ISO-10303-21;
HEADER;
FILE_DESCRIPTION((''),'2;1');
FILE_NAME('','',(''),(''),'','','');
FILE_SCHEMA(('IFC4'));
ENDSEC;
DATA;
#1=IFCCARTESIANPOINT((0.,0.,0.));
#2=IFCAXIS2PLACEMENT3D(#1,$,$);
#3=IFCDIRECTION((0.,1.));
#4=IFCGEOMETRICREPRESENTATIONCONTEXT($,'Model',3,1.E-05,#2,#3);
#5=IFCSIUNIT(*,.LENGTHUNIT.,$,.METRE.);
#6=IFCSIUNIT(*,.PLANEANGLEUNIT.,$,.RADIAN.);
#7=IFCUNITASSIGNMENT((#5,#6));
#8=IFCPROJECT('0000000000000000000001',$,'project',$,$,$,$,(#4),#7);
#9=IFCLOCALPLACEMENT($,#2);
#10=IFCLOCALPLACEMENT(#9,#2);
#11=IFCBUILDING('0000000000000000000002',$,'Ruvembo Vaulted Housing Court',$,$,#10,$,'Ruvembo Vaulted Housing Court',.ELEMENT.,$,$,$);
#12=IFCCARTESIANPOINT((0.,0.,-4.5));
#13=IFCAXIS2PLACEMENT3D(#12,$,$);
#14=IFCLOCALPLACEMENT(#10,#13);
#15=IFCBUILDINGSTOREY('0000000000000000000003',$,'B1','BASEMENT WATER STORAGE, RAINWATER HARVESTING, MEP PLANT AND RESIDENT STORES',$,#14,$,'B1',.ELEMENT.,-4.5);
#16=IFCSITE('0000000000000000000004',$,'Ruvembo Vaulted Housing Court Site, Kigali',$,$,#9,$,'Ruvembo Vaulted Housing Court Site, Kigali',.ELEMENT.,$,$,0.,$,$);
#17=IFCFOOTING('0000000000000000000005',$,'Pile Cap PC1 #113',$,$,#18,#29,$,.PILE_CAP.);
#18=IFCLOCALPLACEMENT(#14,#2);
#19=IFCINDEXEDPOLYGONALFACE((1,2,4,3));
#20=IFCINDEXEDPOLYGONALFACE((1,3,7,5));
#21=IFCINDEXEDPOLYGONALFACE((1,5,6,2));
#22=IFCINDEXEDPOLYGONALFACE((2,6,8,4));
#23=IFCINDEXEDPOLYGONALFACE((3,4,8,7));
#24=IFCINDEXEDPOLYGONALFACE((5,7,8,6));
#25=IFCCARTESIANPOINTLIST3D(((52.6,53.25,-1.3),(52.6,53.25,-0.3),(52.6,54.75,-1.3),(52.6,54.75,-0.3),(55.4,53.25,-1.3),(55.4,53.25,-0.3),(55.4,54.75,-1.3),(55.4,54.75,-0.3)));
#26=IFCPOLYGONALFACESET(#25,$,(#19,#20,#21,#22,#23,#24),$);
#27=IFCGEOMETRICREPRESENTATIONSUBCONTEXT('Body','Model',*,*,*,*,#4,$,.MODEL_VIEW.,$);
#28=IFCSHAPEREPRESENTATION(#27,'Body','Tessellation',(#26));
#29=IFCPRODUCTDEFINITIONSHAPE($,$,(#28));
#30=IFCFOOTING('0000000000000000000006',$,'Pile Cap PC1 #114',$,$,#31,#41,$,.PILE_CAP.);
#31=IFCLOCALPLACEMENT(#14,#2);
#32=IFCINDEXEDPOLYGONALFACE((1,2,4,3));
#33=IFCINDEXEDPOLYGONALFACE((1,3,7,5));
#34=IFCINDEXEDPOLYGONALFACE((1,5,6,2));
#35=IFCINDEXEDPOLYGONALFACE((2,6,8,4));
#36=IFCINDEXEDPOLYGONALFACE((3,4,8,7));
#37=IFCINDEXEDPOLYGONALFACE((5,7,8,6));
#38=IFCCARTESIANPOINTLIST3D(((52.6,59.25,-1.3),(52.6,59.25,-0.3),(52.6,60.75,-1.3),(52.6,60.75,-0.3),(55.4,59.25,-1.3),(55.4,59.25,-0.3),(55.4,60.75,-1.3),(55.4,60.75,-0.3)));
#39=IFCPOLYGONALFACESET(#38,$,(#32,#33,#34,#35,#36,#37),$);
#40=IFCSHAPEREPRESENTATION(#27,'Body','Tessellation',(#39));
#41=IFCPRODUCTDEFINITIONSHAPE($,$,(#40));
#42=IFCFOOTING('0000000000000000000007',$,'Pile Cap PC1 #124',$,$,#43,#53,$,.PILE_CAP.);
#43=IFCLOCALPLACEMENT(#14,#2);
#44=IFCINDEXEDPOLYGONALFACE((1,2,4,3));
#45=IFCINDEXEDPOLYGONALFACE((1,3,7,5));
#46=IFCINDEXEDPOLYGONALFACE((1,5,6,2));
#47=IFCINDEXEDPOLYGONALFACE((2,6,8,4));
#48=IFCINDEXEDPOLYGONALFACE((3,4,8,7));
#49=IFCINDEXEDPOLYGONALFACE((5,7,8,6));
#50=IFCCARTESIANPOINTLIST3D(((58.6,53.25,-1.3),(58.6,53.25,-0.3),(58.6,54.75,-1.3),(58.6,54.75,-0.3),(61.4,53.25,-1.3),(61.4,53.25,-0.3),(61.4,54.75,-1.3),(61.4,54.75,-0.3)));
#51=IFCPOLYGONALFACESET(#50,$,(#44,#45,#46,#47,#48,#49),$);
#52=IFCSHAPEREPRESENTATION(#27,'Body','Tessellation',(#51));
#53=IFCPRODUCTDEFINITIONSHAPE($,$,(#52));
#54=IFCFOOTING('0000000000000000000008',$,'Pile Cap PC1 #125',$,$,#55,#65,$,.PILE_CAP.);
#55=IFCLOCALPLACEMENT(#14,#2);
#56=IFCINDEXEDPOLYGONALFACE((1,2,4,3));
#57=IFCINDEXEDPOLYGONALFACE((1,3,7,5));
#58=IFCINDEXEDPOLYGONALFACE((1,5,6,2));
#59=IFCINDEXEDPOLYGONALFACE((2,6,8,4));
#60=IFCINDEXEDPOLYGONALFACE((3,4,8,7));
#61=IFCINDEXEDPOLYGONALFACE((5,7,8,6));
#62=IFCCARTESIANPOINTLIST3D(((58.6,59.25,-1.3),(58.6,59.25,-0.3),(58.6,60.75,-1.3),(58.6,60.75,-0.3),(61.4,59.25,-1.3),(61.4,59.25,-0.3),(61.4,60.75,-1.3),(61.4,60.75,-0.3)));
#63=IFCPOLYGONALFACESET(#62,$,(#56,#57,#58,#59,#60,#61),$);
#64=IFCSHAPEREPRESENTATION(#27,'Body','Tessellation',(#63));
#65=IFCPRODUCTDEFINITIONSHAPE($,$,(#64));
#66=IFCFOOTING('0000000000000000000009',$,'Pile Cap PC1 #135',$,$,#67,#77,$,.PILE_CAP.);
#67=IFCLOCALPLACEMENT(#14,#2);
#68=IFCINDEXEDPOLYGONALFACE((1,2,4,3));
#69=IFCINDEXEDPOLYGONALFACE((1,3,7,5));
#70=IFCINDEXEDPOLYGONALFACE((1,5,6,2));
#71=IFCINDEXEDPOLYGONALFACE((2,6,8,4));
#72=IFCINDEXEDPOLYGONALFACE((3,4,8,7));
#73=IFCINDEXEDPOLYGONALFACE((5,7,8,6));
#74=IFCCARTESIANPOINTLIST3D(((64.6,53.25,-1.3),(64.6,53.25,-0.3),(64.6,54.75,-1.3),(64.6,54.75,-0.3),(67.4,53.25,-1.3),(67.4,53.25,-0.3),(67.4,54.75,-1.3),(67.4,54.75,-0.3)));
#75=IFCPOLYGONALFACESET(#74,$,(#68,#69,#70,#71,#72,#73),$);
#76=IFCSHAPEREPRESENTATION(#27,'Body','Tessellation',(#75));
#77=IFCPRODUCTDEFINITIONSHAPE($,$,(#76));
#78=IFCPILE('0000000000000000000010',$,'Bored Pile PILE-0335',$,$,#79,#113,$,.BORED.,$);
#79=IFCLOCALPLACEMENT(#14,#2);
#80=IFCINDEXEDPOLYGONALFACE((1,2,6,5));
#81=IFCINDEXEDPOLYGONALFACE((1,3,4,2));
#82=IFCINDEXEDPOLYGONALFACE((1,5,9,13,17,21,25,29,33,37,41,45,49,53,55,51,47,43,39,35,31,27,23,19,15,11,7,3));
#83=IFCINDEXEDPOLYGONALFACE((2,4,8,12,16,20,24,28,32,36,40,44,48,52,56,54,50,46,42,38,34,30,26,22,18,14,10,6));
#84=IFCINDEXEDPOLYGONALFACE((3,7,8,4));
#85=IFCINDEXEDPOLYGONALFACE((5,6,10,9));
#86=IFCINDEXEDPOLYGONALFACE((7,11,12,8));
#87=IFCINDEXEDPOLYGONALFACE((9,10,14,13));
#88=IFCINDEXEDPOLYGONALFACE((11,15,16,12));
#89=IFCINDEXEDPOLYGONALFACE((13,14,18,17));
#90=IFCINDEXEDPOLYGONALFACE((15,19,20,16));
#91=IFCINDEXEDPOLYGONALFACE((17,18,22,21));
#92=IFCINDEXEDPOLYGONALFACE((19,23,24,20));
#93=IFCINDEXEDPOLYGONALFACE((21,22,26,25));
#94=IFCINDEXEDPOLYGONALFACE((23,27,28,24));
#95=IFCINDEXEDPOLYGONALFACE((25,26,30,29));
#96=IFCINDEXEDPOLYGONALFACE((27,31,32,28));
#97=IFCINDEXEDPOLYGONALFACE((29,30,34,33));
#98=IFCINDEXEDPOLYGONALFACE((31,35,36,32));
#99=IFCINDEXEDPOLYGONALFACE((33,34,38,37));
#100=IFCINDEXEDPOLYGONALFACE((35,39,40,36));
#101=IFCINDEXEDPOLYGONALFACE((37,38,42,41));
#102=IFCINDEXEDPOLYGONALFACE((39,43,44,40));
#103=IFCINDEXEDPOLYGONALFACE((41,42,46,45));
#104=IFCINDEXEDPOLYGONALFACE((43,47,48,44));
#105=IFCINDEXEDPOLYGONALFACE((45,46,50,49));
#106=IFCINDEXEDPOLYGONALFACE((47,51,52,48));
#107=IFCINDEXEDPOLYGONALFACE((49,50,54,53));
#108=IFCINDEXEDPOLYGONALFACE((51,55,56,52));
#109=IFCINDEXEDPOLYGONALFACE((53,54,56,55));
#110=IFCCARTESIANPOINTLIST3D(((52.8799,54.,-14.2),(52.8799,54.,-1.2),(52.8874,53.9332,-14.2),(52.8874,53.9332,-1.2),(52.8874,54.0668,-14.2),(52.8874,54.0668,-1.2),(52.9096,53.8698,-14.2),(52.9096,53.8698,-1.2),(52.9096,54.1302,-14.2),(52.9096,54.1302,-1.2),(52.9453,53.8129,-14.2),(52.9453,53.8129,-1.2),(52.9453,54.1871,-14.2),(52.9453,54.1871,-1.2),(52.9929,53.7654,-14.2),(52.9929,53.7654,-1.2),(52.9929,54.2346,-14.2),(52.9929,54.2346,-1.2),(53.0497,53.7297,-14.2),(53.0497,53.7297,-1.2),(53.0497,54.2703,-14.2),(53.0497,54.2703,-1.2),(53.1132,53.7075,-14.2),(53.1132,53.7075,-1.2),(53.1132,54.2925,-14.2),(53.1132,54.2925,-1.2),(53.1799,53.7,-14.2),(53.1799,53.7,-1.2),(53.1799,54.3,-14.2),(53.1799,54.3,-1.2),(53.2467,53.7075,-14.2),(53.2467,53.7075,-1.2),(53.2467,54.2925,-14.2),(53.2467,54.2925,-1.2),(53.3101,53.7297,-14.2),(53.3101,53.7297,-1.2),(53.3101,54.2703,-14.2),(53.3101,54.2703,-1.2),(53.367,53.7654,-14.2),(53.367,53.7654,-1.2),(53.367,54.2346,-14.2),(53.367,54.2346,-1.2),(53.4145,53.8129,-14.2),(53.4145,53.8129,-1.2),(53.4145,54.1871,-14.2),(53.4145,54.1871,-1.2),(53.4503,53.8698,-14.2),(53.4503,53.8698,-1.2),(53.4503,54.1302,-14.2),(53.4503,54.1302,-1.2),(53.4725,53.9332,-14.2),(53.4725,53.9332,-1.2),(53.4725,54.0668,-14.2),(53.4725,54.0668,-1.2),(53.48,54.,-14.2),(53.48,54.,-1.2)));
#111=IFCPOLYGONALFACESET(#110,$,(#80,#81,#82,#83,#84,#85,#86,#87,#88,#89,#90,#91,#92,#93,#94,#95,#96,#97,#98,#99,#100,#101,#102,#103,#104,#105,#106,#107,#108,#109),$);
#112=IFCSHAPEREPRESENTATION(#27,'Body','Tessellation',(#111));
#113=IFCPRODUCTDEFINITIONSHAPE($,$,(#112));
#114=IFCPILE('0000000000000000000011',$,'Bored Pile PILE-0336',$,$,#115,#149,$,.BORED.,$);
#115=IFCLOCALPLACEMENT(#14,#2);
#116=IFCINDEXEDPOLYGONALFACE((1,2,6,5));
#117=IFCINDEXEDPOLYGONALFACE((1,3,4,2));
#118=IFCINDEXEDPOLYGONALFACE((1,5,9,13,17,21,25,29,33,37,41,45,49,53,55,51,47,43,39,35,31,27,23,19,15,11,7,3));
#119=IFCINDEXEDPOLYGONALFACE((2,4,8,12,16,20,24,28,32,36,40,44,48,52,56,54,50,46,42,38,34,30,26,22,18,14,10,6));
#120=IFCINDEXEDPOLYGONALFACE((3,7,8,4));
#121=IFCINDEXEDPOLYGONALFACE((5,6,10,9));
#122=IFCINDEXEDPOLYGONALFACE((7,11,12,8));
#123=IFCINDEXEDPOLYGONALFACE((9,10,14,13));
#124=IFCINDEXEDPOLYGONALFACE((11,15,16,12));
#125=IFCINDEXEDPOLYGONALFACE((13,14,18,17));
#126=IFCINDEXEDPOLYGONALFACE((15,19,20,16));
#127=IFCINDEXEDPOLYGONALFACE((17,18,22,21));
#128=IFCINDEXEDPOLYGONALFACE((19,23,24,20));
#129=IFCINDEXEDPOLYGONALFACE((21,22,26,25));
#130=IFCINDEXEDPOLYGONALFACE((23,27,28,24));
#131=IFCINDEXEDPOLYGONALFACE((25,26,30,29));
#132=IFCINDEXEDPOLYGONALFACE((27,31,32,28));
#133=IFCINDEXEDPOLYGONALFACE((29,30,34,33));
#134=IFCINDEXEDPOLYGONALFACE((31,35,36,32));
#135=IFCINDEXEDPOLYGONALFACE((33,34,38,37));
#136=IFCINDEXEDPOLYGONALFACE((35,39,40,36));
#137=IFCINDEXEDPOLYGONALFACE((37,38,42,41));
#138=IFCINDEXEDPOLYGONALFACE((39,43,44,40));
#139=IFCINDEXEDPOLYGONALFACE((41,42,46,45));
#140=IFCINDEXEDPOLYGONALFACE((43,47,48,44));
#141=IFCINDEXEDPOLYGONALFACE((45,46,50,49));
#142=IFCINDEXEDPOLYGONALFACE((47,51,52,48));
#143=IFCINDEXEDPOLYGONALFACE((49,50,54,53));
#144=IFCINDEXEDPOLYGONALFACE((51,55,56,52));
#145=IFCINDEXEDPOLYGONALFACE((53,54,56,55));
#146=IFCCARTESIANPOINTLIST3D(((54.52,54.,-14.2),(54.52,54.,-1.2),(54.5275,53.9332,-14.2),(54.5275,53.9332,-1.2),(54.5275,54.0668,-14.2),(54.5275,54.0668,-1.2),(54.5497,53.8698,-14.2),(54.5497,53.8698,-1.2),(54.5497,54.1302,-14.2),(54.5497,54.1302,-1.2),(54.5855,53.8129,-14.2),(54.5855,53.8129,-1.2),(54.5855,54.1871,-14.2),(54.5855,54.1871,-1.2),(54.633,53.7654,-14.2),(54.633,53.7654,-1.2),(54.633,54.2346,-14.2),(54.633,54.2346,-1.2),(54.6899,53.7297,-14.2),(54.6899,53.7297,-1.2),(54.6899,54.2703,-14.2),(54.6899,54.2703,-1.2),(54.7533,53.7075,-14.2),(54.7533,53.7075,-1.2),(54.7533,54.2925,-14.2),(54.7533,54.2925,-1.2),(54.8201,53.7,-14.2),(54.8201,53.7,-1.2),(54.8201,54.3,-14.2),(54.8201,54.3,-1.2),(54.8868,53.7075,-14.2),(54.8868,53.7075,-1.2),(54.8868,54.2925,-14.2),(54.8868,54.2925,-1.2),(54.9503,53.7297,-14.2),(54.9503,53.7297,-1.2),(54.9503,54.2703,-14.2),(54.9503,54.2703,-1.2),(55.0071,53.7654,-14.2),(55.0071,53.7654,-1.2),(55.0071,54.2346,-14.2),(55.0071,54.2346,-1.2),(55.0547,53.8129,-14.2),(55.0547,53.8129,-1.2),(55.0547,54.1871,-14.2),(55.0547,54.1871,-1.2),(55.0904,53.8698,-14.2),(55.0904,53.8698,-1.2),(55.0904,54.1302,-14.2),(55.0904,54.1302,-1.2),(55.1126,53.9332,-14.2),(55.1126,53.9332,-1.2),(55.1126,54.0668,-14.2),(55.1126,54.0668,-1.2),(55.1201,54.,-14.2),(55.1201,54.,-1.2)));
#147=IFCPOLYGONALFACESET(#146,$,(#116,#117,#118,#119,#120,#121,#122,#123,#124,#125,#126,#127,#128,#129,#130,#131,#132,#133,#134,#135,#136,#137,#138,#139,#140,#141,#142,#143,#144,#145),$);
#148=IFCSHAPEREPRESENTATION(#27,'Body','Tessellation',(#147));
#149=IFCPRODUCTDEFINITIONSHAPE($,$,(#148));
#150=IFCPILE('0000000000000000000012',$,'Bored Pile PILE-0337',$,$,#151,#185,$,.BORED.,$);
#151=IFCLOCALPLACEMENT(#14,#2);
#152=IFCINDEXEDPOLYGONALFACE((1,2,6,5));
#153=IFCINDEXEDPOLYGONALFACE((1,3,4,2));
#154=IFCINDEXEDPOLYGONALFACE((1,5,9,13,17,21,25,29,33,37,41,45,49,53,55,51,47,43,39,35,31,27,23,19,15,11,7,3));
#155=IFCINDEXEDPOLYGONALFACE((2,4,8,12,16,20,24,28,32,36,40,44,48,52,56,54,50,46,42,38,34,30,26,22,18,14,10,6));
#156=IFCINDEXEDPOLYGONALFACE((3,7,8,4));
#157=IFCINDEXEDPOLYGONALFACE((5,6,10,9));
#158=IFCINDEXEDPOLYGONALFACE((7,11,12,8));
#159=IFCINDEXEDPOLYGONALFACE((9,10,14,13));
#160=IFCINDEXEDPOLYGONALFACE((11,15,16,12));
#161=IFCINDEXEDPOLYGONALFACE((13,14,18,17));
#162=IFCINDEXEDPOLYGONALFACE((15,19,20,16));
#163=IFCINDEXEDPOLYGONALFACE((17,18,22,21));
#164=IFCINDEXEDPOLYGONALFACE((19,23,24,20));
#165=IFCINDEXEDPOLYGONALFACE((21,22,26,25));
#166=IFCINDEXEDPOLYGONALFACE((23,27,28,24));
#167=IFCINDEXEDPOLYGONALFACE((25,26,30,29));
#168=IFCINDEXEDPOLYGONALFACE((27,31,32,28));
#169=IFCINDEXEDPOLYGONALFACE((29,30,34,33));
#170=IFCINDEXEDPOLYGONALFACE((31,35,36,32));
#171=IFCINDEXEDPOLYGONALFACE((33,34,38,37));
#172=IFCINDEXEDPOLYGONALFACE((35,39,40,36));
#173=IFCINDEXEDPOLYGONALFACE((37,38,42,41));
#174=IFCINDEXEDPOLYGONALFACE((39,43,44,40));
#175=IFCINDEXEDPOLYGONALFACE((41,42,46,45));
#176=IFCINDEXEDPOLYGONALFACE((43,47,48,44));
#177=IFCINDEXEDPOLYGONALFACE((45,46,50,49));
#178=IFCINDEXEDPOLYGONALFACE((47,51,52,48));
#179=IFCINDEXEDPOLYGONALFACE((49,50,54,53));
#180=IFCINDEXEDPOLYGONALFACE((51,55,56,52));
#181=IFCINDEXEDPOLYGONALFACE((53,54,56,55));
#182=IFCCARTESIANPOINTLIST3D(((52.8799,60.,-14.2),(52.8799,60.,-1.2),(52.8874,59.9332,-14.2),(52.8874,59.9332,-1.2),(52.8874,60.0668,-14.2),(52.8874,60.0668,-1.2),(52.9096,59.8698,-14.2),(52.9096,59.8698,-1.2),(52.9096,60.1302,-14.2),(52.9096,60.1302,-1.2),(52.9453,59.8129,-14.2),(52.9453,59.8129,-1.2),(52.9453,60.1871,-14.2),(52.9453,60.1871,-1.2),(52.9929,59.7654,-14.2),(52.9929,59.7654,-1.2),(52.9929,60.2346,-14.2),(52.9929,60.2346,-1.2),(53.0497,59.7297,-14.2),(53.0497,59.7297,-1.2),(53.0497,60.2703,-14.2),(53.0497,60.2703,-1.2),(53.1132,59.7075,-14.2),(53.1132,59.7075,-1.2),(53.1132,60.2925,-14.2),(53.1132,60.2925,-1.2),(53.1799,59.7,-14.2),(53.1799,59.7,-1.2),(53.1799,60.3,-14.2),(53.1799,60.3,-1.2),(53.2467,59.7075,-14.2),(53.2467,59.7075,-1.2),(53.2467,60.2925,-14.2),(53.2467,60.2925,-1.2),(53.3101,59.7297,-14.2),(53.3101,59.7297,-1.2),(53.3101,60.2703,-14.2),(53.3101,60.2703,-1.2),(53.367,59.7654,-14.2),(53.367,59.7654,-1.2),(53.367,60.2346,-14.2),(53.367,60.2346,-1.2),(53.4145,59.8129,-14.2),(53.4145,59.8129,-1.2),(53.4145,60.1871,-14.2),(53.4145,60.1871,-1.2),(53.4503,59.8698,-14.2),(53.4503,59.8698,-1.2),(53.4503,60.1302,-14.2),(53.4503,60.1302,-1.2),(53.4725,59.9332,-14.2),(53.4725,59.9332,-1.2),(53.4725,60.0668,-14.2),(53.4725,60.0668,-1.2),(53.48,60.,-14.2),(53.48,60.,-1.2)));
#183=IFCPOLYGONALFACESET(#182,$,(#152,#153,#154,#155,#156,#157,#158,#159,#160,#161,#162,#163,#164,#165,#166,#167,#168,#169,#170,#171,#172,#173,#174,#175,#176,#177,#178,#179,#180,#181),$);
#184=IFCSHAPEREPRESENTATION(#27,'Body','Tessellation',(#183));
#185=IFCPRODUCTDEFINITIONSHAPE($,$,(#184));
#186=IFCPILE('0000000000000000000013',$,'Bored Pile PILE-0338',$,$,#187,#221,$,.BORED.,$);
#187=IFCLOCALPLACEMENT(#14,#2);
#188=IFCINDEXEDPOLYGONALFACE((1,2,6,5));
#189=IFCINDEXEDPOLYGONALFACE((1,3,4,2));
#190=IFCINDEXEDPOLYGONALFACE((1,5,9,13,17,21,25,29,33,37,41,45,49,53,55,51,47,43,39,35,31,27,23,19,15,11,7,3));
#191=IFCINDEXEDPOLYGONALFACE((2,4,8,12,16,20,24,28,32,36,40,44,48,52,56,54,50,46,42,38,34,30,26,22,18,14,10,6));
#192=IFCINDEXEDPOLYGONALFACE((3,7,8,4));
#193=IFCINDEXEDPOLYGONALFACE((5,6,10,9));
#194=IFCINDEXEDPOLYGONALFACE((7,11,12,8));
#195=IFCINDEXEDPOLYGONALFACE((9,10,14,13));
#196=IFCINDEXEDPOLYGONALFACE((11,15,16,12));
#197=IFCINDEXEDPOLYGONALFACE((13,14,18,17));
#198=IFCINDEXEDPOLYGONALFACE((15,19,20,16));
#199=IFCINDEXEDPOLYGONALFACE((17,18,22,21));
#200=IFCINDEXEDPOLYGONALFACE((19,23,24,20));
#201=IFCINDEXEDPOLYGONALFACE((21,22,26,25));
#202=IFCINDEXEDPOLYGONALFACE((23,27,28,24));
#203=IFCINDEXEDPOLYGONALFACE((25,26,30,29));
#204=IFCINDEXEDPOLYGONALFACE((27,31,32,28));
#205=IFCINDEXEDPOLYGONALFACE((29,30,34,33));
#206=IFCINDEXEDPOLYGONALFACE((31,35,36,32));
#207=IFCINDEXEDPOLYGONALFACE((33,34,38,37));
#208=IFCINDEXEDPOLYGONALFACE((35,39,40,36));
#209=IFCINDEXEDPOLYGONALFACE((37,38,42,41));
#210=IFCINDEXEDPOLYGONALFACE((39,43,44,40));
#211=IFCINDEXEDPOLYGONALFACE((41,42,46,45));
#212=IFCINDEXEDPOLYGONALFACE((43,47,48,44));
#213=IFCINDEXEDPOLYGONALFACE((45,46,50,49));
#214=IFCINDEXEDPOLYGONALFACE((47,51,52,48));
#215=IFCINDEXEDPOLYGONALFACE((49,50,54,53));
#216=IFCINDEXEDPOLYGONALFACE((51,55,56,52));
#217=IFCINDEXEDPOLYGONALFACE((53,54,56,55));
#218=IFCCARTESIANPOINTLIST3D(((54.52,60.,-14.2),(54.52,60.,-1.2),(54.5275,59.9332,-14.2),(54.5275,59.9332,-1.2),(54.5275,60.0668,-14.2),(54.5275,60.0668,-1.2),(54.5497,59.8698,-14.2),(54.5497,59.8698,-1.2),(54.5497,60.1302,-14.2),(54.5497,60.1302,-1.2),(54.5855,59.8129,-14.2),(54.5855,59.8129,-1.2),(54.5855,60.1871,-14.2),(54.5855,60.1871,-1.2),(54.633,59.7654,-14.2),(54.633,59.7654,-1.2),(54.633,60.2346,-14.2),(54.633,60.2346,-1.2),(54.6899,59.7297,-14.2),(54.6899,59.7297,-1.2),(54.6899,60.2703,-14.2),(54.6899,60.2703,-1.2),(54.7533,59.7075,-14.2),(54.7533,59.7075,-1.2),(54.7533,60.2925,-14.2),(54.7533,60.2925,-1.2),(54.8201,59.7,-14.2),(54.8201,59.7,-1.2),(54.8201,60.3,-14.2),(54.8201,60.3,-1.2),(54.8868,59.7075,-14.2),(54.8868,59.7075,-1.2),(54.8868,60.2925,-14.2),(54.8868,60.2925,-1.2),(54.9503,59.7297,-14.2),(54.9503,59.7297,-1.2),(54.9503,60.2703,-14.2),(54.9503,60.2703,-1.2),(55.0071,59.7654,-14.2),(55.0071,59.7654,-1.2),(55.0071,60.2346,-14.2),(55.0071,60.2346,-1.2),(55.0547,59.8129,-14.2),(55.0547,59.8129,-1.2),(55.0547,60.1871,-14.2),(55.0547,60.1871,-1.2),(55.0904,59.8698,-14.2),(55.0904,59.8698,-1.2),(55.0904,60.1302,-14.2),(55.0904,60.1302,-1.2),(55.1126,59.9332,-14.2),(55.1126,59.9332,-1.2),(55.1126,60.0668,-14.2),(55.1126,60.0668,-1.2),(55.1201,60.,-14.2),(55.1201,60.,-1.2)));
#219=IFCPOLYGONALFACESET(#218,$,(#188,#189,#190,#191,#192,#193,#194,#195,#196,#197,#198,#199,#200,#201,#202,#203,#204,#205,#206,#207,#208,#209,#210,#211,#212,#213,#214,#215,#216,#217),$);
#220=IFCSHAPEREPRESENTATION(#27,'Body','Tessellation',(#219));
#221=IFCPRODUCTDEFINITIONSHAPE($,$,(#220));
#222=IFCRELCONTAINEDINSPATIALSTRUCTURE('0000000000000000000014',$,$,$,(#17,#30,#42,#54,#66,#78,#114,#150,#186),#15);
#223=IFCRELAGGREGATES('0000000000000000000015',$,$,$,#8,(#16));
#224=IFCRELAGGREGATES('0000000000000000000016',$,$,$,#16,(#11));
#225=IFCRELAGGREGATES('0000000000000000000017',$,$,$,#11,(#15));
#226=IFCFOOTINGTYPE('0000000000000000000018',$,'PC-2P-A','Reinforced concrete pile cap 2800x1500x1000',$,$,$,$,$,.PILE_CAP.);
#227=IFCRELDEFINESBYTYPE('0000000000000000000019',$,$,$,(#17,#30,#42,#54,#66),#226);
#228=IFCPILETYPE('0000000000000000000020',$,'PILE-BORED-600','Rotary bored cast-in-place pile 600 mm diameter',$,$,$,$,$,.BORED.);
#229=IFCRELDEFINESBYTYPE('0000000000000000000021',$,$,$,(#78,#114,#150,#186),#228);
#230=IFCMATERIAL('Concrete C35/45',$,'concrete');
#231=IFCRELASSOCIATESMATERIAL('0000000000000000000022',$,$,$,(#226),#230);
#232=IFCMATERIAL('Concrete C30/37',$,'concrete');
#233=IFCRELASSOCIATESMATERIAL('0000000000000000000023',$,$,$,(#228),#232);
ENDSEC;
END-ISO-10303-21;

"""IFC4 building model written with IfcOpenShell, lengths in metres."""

from ifc_helpers import new_model, si_unit, direction, frame, origin, origin_2d, place, context, subcontext, project, spatial, rectangle, circle, extrude, material, material_profile, profile_set, type_object, element, save


model = new_model("IFC4")

# Units and contexts
model_context = context("Model", 3, precision=1e-05, world=origin(), true_north=direction((0.0, 1.0)))
body_context = subcontext(model_context, "Body", "Model", "MODEL_VIEW")
ifc_project = project(units=[si_unit("LENGTHUNIT", "METRE"), si_unit("PLANEANGLEUNIT", "RADIAN")], contexts=[model_context])

# Site, building, storey
site_placement = place(None, origin())
site = spatial("IfcSite", under=ifc_project, at=site_placement, Name="Ruvembo Vaulted Housing Court Site, Kigali", LongName="Ruvembo Vaulted Housing Court Site, Kigali", CompositionType="ELEMENT", RefElevation=0.0)
building_placement = place(site_placement, origin())
building = spatial("IfcBuilding", under=site, at=building_placement, Name="Ruvembo Vaulted Housing Court", LongName="Ruvembo Vaulted Housing Court", CompositionType="ELEMENT")
storey_placement = place(building_placement, frame((0.0, 0.0, -4.5)))
storey = spatial("IfcBuildingStorey", under=building, at=storey_placement, Name="B1", Description="BASEMENT WATER STORAGE, RAINWATER HARVESTING, MEP PLANT AND RESIDENT STORES", LongName="B1", CompositionType="ELEMENT", Elevation=-4.5)

# Footings
ifc_material_1 = material(Name="Concrete C35/45", Category="concrete")
footing_type = type_object("IfcFootingType", Name="PC-2P-A", Description="Reinforced concrete pile cap 2800x1500x1000", PredefinedType="PILE_CAP", material=ifc_material_1)
for number, where, z_axis, x_axis, name in (
    (1, (54.0, 54.0, -1.3), (0.0, 0.0, 1.0), (1.0, 0.0, 0.0), "Pile Cap PC1 #113"),
    (2, (54.0, 60.0, -1.3), (0.0, 0.0, 1.0), (1.0, 0.0, 0.0), "Pile Cap PC1 #114"),
    (3, (60.0, 54.0, -1.3), (0.0, 0.0, 1.0), (1.0, 0.0, 0.0), "Pile Cap PC1 #124"),
    (4, (60.0, 60.0, -1.3), (0.0, 0.0, 1.0), (1.0, 0.0, 0.0), "Pile Cap PC1 #125"),
    (5, (66.0, 54.0, -1.3), (0.0, 0.0, 1.0), (1.0, 0.0, 0.0), "Pile Cap PC1 #135"),
):
    element("IfcFooting", number, at=place(storey_placement, frame(where, z_axis=z_axis, x_axis=x_axis)), inside=storey, type_object=footing_type, Name=name, PredefinedType="PILE_CAP", context=body_context, shape_type="SweptSolid", body=[
        extrude(rectangle(XDim=2.8, YDim=1.5, at=origin_2d()), origin(), (0.0, 0.0, 1.0), 1.0),
    ])

# Piles
ifc_material_2 = material(Name="Concrete C30/37", Category="concrete")
ifc_material_profile_1 = material_profile(ifc_material_2, circle(Radius=0.3, at=origin_2d()), Name="PILE D600")
ifc_profile_set_1 = profile_set([ifc_material_profile_1], Name="Concrete C30/37")
pile_type = type_object("IfcPileType", Name="PILE-BORED-600", Description="Rotary bored cast-in-place pile 600 mm diameter", PredefinedType="BORED", material=ifc_profile_set_1)
for number, where, z_axis, x_axis, name in (
    (6, (53.1799, 54.0, -1.2), (0.0, 0.0, -1.0), (1.0, 0.0, 0.0), "Bored Pile PILE-0335"),
    (7, (54.8201, 54.0, -1.2), (0.0, 0.0, -1.0), (1.0, 0.0, 0.0), "Bored Pile PILE-0336"),
    (8, (53.1799, 60.0, -1.2), (0.0, 0.0, -1.0), (1.0, 0.0, 0.0), "Bored Pile PILE-0337"),
    (9, (54.8201, 60.0, -1.2), (0.0, 0.0, -1.0), (1.0, 0.0, 0.0), "Bored Pile PILE-0338"),
):
    element("IfcPile", number, at=place(storey_placement, frame(where, z_axis=z_axis, x_axis=x_axis)), inside=storey, type_object=pile_type, Name=name, PredefinedType="BORED", context=body_context, shape_type="SweptSolid", body=[
        extrude(circle(Radius=0.3, at=origin_2d()), origin(), (0.0, 0.0, 1.0), 13.0),
    ])

save(model, "model.ifc")
